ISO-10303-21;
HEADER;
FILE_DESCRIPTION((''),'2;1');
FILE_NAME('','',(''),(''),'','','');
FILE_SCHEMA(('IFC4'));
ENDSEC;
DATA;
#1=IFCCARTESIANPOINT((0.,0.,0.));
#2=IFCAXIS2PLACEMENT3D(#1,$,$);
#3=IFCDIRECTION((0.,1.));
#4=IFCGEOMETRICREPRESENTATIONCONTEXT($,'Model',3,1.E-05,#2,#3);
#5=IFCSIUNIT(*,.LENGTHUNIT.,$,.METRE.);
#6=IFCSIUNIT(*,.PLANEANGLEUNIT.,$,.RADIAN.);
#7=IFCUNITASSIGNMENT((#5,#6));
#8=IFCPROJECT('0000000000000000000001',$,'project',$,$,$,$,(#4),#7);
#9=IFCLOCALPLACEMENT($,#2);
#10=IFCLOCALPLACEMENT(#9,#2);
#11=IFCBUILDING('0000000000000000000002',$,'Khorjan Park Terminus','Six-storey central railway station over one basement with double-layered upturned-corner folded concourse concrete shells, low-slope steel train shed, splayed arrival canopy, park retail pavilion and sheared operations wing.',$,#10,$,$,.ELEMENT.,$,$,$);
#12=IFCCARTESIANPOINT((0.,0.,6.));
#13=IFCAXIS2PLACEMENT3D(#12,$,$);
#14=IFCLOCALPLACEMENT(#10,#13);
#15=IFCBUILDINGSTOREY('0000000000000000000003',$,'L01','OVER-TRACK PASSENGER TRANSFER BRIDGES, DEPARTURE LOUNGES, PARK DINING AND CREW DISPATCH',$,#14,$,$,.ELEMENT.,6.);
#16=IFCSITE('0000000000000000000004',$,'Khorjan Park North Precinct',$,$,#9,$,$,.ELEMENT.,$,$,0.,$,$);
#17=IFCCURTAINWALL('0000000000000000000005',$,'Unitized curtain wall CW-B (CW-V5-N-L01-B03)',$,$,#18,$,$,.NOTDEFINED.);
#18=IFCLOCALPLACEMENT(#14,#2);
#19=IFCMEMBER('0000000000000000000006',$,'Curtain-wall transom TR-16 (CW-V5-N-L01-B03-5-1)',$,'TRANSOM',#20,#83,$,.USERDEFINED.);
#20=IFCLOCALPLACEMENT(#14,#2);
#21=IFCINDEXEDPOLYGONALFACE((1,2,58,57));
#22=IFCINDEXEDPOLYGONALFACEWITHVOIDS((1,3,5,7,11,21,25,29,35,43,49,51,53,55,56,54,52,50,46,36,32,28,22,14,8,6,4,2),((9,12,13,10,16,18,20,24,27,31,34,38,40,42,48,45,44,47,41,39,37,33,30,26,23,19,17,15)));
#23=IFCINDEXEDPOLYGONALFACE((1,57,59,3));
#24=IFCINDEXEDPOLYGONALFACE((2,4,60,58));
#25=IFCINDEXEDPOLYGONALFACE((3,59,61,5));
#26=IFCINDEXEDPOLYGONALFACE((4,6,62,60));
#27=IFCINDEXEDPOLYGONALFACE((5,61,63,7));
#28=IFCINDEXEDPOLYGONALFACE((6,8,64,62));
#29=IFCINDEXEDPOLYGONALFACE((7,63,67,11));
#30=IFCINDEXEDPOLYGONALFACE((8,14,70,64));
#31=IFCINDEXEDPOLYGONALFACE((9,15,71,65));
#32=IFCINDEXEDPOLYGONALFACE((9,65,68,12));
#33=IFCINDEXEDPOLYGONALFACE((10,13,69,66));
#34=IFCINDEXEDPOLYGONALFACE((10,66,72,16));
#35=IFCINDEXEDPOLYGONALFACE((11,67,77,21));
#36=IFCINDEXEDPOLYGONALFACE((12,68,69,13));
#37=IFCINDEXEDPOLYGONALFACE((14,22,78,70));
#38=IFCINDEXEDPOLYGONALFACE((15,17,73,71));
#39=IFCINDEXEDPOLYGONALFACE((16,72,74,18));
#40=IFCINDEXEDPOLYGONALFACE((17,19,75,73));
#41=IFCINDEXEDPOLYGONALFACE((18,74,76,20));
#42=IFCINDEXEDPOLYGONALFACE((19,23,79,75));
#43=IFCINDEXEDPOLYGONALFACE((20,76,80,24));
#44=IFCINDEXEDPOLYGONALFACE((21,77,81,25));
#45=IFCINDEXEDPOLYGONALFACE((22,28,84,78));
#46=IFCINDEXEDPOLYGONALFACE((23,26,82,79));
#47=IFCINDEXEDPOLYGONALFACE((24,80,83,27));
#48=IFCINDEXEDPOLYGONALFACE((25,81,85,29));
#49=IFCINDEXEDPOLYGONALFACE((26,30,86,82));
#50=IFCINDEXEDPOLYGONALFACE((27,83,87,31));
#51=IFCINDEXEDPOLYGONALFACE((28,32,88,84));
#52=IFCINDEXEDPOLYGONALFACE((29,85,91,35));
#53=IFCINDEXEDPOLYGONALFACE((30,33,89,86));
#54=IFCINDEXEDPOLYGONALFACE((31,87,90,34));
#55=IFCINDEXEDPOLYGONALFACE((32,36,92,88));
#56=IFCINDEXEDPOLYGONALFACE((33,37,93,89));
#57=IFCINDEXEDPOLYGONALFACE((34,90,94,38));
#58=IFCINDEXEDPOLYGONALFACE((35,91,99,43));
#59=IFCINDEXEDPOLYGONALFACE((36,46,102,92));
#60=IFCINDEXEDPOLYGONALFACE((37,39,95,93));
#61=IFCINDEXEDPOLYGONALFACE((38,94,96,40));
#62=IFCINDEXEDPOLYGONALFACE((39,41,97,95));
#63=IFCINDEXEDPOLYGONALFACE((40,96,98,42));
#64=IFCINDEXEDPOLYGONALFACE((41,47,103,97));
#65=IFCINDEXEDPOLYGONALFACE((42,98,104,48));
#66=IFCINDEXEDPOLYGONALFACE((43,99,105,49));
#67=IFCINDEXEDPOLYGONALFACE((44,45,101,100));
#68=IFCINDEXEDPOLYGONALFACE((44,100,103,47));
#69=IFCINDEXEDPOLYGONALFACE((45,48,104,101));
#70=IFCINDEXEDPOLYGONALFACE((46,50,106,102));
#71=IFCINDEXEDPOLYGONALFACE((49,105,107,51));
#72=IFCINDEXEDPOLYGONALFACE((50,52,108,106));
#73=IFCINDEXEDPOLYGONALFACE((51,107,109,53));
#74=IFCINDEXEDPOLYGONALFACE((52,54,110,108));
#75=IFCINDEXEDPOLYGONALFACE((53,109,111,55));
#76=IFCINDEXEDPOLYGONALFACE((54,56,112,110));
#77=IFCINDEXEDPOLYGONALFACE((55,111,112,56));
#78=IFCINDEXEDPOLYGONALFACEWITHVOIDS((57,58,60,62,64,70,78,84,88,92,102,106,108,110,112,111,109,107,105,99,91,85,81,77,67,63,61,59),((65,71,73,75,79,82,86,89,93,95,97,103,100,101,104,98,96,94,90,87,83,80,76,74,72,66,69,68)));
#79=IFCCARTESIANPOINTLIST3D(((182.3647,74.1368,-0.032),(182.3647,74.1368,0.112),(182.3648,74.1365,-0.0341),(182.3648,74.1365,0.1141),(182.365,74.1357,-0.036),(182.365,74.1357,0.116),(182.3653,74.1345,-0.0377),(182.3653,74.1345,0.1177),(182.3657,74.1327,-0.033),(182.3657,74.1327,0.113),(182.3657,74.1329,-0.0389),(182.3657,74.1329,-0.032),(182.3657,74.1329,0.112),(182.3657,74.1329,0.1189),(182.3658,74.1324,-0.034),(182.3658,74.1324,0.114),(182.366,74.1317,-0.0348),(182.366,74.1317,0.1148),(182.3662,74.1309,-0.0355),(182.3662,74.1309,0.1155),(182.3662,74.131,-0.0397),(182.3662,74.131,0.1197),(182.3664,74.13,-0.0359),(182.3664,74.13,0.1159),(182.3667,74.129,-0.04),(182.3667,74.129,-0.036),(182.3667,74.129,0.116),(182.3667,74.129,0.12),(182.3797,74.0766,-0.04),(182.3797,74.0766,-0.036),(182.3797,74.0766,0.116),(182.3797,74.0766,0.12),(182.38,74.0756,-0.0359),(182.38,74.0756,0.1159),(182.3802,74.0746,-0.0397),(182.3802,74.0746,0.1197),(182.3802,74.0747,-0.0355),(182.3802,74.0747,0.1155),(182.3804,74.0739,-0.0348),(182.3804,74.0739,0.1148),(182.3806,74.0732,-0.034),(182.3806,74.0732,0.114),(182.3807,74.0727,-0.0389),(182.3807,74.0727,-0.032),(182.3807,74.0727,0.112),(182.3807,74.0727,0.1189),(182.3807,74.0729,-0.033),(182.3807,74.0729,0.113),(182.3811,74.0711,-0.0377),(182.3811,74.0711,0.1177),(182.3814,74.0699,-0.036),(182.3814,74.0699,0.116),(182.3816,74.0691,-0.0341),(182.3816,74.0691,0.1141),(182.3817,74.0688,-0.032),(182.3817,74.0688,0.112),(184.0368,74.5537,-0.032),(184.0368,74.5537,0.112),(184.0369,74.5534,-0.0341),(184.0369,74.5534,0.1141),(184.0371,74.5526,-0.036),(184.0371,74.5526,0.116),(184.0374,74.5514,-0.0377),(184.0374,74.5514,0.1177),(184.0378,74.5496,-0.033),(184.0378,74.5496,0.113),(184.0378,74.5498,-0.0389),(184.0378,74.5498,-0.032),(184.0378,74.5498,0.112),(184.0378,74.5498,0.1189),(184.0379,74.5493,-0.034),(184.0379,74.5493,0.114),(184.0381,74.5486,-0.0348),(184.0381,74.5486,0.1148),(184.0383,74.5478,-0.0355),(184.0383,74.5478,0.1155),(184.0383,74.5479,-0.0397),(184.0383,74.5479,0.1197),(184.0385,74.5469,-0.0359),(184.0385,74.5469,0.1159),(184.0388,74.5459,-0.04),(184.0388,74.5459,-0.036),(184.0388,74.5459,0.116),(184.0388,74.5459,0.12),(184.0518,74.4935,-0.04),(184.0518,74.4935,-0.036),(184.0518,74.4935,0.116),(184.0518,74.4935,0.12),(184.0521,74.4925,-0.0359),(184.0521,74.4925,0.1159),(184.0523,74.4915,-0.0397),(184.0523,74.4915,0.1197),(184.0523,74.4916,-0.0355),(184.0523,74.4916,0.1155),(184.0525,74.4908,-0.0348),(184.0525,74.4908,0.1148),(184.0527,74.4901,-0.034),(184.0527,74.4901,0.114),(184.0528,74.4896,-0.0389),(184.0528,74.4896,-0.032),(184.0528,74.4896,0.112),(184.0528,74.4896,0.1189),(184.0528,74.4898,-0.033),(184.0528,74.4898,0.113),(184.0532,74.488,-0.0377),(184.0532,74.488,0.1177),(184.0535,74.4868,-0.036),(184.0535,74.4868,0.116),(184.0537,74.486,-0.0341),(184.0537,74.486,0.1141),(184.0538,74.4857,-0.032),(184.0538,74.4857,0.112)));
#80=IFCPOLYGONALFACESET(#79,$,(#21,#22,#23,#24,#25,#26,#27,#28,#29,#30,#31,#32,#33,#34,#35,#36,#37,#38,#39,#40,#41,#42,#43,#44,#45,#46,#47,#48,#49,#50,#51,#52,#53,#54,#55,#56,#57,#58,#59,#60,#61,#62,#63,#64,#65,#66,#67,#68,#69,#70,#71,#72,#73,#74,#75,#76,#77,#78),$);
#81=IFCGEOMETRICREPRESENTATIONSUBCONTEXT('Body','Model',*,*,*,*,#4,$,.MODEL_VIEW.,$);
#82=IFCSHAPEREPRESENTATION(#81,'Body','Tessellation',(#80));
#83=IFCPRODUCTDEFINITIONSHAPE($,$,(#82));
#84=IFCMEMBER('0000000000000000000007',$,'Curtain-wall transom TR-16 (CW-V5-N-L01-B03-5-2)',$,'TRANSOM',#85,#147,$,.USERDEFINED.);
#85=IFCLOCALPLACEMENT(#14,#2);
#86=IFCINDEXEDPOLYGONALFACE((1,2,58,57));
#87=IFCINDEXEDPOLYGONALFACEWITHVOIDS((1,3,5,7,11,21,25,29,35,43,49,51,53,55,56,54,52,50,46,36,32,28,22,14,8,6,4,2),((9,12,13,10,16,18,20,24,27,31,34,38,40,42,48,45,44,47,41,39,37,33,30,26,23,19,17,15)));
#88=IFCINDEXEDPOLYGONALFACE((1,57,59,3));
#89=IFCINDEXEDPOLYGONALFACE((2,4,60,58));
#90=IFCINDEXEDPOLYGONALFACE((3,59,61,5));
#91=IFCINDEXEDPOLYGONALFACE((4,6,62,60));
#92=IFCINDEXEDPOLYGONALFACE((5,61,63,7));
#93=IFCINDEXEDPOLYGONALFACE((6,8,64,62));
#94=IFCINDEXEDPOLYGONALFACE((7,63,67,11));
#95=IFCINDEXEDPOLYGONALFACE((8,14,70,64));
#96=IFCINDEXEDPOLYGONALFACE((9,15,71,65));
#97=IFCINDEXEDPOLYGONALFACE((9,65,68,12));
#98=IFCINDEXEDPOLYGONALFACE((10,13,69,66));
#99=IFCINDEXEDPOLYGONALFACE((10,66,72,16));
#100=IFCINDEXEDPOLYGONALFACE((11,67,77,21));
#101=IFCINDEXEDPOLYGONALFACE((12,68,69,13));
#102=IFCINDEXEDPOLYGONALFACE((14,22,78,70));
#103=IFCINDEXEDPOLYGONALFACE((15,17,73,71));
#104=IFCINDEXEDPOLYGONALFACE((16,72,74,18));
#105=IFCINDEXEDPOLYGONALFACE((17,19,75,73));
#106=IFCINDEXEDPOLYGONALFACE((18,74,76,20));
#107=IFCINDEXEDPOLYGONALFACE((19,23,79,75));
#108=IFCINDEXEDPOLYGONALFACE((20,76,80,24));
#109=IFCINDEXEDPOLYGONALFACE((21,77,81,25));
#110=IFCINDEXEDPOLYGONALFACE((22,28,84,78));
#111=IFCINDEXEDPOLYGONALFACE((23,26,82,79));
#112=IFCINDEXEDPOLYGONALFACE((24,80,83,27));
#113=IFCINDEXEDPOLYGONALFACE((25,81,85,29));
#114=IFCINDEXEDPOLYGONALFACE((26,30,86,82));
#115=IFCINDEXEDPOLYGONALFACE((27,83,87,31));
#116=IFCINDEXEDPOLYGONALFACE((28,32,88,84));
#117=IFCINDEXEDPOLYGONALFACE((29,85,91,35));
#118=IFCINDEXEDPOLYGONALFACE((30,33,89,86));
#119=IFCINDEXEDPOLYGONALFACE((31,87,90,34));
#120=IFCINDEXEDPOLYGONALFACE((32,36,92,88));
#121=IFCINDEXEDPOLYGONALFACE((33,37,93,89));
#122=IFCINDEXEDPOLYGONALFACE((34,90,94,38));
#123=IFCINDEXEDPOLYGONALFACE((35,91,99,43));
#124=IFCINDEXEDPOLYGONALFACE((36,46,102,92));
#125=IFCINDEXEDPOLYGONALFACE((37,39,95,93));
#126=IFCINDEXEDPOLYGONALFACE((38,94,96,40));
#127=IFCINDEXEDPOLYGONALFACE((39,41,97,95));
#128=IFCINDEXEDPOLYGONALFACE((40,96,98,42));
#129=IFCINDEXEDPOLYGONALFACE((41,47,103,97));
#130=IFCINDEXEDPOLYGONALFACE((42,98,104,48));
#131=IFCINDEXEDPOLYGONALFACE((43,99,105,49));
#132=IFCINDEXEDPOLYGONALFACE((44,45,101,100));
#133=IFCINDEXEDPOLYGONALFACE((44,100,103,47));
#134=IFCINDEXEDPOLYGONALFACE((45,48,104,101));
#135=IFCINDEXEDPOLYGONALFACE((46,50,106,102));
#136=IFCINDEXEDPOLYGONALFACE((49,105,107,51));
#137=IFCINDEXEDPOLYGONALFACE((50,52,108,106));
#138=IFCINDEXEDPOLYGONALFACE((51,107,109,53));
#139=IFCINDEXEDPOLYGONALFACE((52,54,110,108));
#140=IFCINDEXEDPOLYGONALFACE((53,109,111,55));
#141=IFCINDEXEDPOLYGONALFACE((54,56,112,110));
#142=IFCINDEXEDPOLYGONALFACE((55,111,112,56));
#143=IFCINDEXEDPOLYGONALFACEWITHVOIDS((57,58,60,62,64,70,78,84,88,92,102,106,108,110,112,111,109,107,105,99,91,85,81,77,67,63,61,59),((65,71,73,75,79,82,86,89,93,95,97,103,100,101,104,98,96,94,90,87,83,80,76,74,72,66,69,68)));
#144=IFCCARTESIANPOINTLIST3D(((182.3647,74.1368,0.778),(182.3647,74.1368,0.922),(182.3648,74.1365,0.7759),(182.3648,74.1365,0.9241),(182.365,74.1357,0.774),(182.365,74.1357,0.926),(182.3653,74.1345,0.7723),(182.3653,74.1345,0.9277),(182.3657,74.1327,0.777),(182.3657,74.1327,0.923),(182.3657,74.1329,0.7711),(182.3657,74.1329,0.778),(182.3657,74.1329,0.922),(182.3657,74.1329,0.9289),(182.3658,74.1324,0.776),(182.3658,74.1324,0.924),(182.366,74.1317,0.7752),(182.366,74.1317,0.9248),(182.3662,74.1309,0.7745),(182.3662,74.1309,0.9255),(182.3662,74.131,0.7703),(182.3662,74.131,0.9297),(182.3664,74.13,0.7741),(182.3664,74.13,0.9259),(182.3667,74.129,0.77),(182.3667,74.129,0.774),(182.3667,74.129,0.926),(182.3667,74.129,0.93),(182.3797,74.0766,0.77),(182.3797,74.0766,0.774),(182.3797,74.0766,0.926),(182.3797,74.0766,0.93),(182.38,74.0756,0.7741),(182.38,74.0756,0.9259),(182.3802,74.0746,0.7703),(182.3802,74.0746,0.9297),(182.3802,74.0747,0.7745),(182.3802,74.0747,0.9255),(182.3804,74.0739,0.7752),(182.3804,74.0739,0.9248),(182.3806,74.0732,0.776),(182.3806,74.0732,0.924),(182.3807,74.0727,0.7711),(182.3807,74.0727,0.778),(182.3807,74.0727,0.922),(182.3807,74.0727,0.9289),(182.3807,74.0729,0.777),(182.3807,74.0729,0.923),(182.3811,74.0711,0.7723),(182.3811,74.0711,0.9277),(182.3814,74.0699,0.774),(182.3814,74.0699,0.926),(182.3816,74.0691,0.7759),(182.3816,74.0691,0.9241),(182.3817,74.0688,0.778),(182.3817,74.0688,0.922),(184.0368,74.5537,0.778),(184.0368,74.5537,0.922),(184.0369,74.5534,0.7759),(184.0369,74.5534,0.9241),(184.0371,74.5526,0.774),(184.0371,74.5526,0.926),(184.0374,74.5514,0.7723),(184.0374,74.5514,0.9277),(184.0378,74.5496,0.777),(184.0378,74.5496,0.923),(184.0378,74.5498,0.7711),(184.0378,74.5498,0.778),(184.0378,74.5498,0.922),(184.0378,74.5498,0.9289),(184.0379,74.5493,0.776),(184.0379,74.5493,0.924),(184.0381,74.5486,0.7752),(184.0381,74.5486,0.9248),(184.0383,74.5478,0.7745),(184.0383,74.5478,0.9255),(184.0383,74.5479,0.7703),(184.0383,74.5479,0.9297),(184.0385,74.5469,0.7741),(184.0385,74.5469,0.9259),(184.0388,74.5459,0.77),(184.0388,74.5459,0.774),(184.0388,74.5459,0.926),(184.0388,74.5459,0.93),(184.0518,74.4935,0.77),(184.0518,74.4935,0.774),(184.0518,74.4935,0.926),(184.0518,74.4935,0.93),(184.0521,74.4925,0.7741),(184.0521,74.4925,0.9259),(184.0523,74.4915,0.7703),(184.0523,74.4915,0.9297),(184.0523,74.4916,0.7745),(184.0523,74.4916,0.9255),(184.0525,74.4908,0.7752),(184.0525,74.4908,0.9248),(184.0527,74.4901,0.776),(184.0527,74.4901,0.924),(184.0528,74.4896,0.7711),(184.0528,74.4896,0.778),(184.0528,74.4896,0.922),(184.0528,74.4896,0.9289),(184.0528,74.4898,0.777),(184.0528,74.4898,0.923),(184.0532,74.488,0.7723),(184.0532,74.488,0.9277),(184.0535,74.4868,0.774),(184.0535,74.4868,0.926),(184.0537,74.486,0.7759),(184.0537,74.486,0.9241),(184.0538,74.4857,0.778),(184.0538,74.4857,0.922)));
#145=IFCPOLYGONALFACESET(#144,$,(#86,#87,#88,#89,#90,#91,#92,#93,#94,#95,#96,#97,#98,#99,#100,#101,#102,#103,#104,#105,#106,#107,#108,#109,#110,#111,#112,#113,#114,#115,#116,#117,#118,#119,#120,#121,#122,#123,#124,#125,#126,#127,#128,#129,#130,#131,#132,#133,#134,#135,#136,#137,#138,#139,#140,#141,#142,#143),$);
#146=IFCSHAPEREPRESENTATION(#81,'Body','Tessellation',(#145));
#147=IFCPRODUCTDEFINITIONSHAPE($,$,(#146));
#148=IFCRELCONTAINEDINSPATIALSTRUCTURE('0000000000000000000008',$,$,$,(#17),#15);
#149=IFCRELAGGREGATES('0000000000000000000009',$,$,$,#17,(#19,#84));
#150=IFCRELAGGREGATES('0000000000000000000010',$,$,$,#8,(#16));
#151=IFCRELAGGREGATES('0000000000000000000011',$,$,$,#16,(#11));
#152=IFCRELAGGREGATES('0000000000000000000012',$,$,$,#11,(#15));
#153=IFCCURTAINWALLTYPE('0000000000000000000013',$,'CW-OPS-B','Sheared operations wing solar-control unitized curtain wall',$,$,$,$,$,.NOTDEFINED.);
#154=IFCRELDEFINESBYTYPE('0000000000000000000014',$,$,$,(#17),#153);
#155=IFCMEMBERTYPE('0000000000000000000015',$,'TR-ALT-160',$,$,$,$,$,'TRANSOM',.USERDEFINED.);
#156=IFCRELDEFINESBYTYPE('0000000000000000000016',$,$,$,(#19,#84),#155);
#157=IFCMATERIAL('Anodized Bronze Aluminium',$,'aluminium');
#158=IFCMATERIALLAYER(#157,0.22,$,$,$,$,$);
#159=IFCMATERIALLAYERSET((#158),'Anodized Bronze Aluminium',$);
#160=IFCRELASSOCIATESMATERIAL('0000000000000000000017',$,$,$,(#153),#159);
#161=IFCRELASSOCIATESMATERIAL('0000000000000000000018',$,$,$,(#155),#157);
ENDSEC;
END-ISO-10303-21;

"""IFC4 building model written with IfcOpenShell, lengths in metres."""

from ifc_helpers import new_model, si_unit, direction, frame, origin, origin_2d, place, context, subcontext, project, spatial, hollow_rectangle, extrude, material, layer, layer_set, material_profile, profile_set, type_object, element, aggregate, save


model = new_model("IFC4")

# Units and contexts
model_context = context("Model", 3, precision=1e-05, world=origin(), true_north=direction((0.0, 1.0)))
body_context = subcontext(model_context, "Body", "Model", "MODEL_VIEW")
ifc_project = project(units=[si_unit("LENGTHUNIT", "METRE"), si_unit("PLANEANGLEUNIT", "RADIAN")], contexts=[model_context])

# Site, building, storey
site_placement = place(None, origin())
site = spatial("IfcSite", under=ifc_project, at=site_placement, Name="Khorjan Park North Precinct", CompositionType="ELEMENT", RefElevation=0.0)
building_placement = place(site_placement, origin())
building = spatial("IfcBuilding", under=site, at=building_placement, Name="Khorjan Park Terminus", Description="Six-storey central railway station over one basement with double-layered upturned-corner folded concourse concrete shells, low-slope steel train shed, splayed arrival canopy, park retail pavilion and sheared operations wing.", CompositionType="ELEMENT")
storey_placement = place(building_placement, frame((0.0, 0.0, 6.0)))
storey = spatial("IfcBuildingStorey", under=building, at=storey_placement, Name="L01", Description="OVER-TRACK PASSENGER TRANSFER BRIDGES, DEPARTURE LOUNGES, PARK DINING AND CREW DISPATCH", CompositionType="ELEMENT", Elevation=6.0)

# Curtain wall, members
ifc_material_1 = material(Name="Anodized Bronze Aluminium", Category="aluminium")
ifc_layer_1 = layer(ifc_material_1, 0.22)
ifc_layer_set_1 = layer_set([ifc_layer_1], Name="Anodized Bronze Aluminium")
curtain_wall_type = type_object("IfcCurtainWallType", Name="CW-OPS-B", Description="Sheared operations wing solar-control unitized curtain wall", PredefinedType="NOTDEFINED", material=ifc_layer_set_1)
curtain_wall_placement = place(storey_placement, origin())
curtain_wall = element("IfcCurtainWall", 1, at=curtain_wall_placement, inside=storey, type_object=curtain_wall_type, Name="Unitized curtain wall CW-B (CW-V5-N-L01-B03)", PredefinedType="NOTDEFINED")
ifc_material_profile_1 = material_profile(ifc_material_1, hollow_rectangle(XDim=0.07, YDim=0.16, WallThickness=0.004, InnerFilletRadius=0.004, OuterFilletRadius=0.008, at=origin_2d()), Name="ALT 70x160x4")
ifc_profile_set_1 = profile_set([ifc_material_profile_1], Name="Anodized Bronze Aluminium")
member_type_1 = type_object("IfcMemberType", Name="TR-ALT-160", ElementType="TRANSOM", PredefinedType="USERDEFINED", material=ifc_profile_set_1)
member_1_placement = place(storey_placement, frame((184.0453, 74.5197, 0.04), z_axis=(-0.970296, -0.241921, 0.0), x_axis=(0.241921, -0.970296, 0.0)))
member_1 = element("IfcMember", 2, at=member_1_placement, type_object=member_type_1, Name="Curtain-wall transom TR-16 (CW-V5-N-L01-B03-5-1)", ObjectType="TRANSOM", PredefinedType="USERDEFINED", context=body_context, shape_type="SweptSolid", body=[
    extrude(hollow_rectangle(XDim=0.07, YDim=0.16, WallThickness=0.004, InnerFilletRadius=0.004, OuterFilletRadius=0.008, at=origin_2d()), origin(), (0.0, 0.0, 1.0), 1.7233),
])
member_2_placement = place(storey_placement, frame((184.0453, 74.5197, 0.85), z_axis=(-0.970296, -0.241921, 0.0), x_axis=(0.241921, -0.970296, 0.0)))
member_2 = element("IfcMember", 3, at=member_2_placement, type_object=member_type_1, Name="Curtain-wall transom TR-16 (CW-V5-N-L01-B03-5-2)", ObjectType="TRANSOM", PredefinedType="USERDEFINED", context=body_context, shape_type="SweptSolid", body=[
    extrude(hollow_rectangle(XDim=0.07, YDim=0.16, WallThickness=0.004, InnerFilletRadius=0.004, OuterFilletRadius=0.008, at=origin_2d()), origin(), (0.0, 0.0, 1.0), 1.7233),
])
aggregate(curtain_wall, [member_1, member_2])

save(model, "model.ifc")
